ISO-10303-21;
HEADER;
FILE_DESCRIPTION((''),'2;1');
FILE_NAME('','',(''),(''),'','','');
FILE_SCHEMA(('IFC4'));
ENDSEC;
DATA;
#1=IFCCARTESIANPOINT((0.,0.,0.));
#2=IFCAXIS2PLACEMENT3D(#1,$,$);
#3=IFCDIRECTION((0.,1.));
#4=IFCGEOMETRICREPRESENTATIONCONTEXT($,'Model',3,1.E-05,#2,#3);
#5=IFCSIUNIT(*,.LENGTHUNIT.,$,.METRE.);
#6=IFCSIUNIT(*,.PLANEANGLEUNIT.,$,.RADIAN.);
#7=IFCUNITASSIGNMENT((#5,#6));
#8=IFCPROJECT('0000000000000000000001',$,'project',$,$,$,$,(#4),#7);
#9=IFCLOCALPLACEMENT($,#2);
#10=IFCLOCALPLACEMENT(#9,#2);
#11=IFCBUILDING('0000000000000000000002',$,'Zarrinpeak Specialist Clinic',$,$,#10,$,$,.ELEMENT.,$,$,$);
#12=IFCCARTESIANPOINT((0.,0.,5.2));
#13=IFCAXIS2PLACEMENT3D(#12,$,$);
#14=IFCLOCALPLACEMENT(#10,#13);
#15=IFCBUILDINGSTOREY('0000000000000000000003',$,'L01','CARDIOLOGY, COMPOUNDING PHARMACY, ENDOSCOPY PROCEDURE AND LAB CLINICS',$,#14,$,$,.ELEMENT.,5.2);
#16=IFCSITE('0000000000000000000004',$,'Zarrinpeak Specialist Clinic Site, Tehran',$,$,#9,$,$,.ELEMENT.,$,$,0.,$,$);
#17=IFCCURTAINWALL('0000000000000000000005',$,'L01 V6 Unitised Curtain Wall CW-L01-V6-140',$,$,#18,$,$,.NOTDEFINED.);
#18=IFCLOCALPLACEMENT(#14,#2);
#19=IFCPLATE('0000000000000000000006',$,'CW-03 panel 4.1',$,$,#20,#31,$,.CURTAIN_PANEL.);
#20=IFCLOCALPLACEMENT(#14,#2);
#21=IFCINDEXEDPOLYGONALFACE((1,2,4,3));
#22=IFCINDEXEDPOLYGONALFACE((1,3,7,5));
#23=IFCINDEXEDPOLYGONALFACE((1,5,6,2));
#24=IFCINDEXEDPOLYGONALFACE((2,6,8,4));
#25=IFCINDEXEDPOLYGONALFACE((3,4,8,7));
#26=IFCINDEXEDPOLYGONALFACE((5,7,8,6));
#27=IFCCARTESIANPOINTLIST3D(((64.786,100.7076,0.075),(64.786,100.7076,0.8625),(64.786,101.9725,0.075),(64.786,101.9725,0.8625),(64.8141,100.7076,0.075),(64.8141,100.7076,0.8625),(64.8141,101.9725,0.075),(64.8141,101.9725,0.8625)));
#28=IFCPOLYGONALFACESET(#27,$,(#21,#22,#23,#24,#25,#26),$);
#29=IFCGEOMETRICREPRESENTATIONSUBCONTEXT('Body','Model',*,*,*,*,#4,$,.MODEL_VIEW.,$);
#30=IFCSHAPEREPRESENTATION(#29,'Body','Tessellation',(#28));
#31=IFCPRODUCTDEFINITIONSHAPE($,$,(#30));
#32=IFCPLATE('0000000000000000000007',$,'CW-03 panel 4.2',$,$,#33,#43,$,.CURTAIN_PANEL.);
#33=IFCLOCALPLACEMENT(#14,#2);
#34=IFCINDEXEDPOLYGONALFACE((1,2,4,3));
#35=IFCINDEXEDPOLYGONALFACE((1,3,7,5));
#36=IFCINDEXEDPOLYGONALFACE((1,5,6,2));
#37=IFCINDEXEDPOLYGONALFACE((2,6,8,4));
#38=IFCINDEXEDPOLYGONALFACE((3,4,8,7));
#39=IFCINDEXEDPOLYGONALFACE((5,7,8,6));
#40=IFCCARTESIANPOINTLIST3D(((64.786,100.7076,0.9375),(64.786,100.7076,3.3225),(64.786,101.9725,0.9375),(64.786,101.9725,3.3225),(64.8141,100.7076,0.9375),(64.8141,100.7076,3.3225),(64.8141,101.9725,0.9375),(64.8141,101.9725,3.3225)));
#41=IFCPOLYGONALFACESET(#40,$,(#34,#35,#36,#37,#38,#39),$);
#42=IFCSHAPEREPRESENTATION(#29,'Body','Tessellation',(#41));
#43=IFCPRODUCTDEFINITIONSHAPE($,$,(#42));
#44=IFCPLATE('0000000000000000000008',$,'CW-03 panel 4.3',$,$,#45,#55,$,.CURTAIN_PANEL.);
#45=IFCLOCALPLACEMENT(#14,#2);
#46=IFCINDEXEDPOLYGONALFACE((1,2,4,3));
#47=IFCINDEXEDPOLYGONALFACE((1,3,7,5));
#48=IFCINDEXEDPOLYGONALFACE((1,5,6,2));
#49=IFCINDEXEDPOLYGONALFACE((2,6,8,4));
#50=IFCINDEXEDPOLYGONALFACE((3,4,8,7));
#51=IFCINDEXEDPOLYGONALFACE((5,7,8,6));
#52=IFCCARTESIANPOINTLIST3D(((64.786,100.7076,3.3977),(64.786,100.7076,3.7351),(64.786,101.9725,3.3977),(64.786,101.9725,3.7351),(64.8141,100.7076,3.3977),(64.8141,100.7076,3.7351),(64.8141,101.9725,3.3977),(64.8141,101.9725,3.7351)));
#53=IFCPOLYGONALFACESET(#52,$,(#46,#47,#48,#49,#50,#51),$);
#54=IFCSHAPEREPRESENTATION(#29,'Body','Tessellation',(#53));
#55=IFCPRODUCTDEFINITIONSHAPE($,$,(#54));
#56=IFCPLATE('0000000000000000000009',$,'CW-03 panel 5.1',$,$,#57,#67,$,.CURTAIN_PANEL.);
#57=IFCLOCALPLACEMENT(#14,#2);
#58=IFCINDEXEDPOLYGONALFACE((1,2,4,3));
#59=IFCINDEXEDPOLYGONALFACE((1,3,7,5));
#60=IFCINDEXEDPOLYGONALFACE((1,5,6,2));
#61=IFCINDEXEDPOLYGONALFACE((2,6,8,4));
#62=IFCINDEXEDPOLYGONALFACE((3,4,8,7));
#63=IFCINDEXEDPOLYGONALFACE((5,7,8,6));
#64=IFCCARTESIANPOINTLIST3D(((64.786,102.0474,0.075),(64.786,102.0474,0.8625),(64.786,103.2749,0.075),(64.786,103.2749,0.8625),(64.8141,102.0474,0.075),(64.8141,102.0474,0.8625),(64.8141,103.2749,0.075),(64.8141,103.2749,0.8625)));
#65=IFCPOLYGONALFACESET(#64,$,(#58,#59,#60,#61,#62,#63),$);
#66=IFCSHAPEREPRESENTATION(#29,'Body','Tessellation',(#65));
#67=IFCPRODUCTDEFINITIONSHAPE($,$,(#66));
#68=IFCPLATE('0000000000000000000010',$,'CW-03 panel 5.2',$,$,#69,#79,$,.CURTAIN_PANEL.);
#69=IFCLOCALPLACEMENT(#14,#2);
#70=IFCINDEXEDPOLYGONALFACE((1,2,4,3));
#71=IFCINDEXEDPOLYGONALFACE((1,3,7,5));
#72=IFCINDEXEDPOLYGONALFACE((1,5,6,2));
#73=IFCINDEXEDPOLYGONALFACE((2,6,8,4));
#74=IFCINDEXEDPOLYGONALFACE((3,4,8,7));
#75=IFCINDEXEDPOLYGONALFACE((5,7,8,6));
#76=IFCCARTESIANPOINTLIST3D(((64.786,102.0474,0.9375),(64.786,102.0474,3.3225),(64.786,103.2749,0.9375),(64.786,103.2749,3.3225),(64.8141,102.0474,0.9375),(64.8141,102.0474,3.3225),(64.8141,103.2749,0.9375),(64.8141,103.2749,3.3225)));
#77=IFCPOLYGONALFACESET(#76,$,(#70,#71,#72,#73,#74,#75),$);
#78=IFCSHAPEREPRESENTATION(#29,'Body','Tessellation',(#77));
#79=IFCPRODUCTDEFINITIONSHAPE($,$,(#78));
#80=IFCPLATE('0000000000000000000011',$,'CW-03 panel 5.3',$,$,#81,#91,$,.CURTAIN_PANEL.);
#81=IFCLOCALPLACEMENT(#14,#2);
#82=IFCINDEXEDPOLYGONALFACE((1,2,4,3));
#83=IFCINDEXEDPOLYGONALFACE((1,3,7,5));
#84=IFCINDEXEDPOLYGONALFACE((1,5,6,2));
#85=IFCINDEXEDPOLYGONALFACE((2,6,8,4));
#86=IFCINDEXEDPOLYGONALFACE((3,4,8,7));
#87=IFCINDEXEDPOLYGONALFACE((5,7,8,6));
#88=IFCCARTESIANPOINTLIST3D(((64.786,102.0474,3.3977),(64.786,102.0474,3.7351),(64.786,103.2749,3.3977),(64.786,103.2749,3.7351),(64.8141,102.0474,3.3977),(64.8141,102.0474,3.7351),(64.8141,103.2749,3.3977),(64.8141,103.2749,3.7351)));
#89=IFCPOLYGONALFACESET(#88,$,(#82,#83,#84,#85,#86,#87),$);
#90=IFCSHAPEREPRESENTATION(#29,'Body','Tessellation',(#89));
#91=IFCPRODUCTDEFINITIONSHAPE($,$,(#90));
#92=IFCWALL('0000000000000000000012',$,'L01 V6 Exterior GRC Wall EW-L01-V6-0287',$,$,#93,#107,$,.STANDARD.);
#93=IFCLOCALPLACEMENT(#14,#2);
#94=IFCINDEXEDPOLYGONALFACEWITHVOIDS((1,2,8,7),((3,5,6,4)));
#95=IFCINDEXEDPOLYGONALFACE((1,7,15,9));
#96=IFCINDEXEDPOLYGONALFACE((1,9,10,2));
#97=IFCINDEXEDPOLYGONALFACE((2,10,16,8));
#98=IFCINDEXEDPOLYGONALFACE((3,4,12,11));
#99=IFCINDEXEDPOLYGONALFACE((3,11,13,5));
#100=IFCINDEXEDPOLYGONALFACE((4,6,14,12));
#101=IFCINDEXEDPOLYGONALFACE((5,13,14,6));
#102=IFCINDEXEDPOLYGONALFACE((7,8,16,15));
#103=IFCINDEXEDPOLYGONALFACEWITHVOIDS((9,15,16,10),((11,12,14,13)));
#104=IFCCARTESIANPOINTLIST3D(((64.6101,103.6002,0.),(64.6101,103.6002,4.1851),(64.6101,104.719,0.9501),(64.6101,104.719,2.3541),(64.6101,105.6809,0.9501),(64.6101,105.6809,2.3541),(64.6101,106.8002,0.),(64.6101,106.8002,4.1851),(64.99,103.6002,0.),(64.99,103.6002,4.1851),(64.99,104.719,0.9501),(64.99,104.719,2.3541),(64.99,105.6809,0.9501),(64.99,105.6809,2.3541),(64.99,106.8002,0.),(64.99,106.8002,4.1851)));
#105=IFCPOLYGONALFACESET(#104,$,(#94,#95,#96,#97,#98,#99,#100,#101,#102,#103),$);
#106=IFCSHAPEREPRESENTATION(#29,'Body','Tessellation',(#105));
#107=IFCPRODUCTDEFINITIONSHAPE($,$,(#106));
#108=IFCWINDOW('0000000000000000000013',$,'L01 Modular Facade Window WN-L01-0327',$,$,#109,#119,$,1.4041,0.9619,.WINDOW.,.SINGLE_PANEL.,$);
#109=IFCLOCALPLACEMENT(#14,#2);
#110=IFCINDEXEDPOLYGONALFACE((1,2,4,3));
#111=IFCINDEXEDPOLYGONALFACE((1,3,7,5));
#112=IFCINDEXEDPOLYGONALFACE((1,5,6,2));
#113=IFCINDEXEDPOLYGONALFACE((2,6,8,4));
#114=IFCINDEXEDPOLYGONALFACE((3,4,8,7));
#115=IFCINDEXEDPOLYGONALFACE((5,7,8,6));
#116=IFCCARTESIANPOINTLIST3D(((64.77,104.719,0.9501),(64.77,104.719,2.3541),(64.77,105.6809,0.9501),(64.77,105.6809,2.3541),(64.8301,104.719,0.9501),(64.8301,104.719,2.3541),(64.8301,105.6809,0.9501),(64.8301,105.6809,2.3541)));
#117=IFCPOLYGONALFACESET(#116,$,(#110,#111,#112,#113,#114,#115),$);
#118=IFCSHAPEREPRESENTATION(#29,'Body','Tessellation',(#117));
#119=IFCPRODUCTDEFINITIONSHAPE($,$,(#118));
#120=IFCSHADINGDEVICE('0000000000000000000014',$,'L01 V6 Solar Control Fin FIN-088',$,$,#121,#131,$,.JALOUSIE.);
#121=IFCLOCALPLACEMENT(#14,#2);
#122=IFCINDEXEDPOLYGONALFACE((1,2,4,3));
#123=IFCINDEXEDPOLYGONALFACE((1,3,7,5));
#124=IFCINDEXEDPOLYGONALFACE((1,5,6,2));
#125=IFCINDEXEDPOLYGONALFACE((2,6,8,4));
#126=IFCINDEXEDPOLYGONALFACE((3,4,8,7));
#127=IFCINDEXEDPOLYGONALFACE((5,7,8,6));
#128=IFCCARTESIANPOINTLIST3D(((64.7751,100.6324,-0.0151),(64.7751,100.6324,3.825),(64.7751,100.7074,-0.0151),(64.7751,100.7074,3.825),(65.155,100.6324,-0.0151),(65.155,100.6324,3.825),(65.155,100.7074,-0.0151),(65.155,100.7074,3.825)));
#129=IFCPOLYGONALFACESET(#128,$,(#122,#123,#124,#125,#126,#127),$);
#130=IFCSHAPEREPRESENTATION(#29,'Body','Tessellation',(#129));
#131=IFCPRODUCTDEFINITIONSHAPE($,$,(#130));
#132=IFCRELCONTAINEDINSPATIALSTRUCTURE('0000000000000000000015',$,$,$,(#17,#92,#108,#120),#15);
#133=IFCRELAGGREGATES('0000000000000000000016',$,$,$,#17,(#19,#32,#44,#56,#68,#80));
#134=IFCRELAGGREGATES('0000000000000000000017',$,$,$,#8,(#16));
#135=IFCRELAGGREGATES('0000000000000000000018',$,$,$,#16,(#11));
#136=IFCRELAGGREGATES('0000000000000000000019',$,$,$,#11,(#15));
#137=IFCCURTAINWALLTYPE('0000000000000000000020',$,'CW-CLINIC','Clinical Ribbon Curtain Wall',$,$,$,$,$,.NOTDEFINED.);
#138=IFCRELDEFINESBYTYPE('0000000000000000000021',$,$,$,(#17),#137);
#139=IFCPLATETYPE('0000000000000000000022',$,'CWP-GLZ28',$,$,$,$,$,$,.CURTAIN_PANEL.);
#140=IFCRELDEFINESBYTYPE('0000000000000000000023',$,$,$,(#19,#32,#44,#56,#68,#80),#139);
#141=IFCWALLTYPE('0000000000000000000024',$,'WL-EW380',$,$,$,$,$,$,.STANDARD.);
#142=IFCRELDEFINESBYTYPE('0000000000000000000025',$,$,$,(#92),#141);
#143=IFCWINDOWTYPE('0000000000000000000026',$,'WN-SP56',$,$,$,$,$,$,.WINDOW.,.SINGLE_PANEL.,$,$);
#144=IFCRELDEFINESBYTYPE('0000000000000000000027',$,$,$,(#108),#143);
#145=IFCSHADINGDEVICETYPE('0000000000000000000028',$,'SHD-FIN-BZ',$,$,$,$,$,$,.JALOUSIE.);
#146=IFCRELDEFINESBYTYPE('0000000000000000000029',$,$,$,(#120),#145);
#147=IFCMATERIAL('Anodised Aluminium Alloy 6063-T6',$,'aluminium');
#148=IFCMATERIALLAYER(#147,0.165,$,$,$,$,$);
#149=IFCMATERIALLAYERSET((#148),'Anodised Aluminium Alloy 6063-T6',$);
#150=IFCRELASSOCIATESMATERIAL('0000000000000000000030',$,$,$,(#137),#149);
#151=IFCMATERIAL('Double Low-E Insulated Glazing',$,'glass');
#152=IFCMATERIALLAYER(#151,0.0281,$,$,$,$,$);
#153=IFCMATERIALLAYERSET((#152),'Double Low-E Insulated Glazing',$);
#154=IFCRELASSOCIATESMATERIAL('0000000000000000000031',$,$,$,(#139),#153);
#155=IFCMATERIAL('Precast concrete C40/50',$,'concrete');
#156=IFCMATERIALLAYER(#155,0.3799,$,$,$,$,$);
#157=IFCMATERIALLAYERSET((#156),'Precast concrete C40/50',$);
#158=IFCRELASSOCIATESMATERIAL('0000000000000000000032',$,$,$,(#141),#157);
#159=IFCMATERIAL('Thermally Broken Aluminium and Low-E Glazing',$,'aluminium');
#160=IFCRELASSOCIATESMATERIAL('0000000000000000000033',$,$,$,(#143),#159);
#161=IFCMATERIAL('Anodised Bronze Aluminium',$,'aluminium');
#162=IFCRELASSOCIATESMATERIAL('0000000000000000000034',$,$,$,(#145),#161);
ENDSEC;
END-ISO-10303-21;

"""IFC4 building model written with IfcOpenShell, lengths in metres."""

from ifc_helpers import new_model, si_unit, direction, frame, frame_2d, origin, origin_2d, place, context, subcontext, project, spatial, rectangle, extrude, material, layer, layer_set, type_object, element, fill, aggregate, save


model = new_model("IFC4")

# Units and contexts
model_context = context("Model", 3, precision=1e-05, world=origin(), true_north=direction((0.0, 1.0)))
body_context = subcontext(model_context, "Body", "Model", "MODEL_VIEW")
ifc_project = project(units=[si_unit("LENGTHUNIT", "METRE"), si_unit("PLANEANGLEUNIT", "RADIAN")], contexts=[model_context])

# Site, building, storey
site_placement = place(None, origin())
site = spatial("IfcSite", under=ifc_project, at=site_placement, Name="Zarrinpeak Specialist Clinic Site, Tehran", CompositionType="ELEMENT", RefElevation=0.0)
building_placement = place(site_placement, origin())
building = spatial("IfcBuilding", under=site, at=building_placement, Name="Zarrinpeak Specialist Clinic", CompositionType="ELEMENT")
storey_placement = place(building_placement, frame((0.0, 0.0, 5.2)))
storey = spatial("IfcBuildingStorey", under=building, at=storey_placement, Name="L01", Description="CARDIOLOGY, COMPOUNDING PHARMACY, ENDOSCOPY PROCEDURE AND LAB CLINICS", CompositionType="ELEMENT", Elevation=5.2)

# Curtain wall, plates
ifc_material_1 = material(Name="Anodised Aluminium Alloy 6063-T6", Category="aluminium")
ifc_layer_1 = layer(ifc_material_1, 0.165)
ifc_layer_set_1 = layer_set([ifc_layer_1], Name="Anodised Aluminium Alloy 6063-T6")
curtain_wall_type = type_object("IfcCurtainWallType", Name="CW-CLINIC", Description="Clinical Ribbon Curtain Wall", PredefinedType="NOTDEFINED", material=ifc_layer_set_1)
curtain_wall_placement = place(storey_placement, origin())
curtain_wall = element("IfcCurtainWall", 1, at=curtain_wall_placement, inside=storey, type_object=curtain_wall_type, Name="L01 V6 Unitised Curtain Wall CW-L01-V6-140", PredefinedType="NOTDEFINED")
ifc_material_2 = material(Name="Double Low-E Insulated Glazing", Category="glass")
ifc_layer_2 = layer(ifc_material_2, 0.0281)
ifc_layer_set_2 = layer_set([ifc_layer_2], Name="Double Low-E Insulated Glazing")
plate_type = type_object("IfcPlateType", Name="CWP-GLZ28", PredefinedType="CURTAIN_PANEL", material=ifc_layer_set_2)
plate_1_placement = place(storey_placement, frame((64.8, 101.3401, 0.075), z_axis=(0.0, 0.0, 1.0), x_axis=(0.0, 1.0, 0.0)))
plate_1 = element("IfcPlate", 2, at=plate_1_placement, type_object=plate_type, Name="CW-03 panel 4.1", PredefinedType="CURTAIN_PANEL", context=body_context, shape_type="SweptSolid", body=[
    extrude(rectangle(XDim=1.2649, YDim=0.0281, at=origin_2d()), origin(), (0.0, 0.0, 1.0), 0.7876),
])
plate_2_placement = place(storey_placement, frame((64.8, 101.3401, 0.9375), z_axis=(0.0, 0.0, 1.0), x_axis=(0.0, 1.0, 0.0)))
plate_2 = element("IfcPlate", 3, at=plate_2_placement, type_object=plate_type, Name="CW-03 panel 4.2", PredefinedType="CURTAIN_PANEL", context=body_context, shape_type="SweptSolid", body=[
    extrude(rectangle(XDim=1.2649, YDim=0.0281, at=origin_2d()), origin(), (0.0, 0.0, 1.0), 2.385),
])
plate_3_placement = place(storey_placement, frame((64.8, 101.3401, 3.3977), z_axis=(0.0, 0.0, 1.0), x_axis=(0.0, 1.0, 0.0)))
plate_3 = element("IfcPlate", 4, at=plate_3_placement, type_object=plate_type, Name="CW-03 panel 4.3", PredefinedType="CURTAIN_PANEL", context=body_context, shape_type="SweptSolid", body=[
    extrude(rectangle(XDim=1.2649, YDim=0.0281, at=origin_2d()), origin(), (0.0, 0.0, 1.0), 0.3374),
])
plate_4_placement = place(storey_placement, frame((64.8, 102.6611, 0.075), z_axis=(0.0, 0.0, 1.0), x_axis=(0.0, 1.0, 0.0)))
plate_4 = element("IfcPlate", 5, at=plate_4_placement, type_object=plate_type, Name="CW-03 panel 5.1", PredefinedType="CURTAIN_PANEL", context=body_context, shape_type="SweptSolid", body=[
    extrude(rectangle(XDim=1.2275, YDim=0.0281, at=origin_2d()), origin(), (0.0, 0.0, 1.0), 0.7876),
])
plate_5_placement = place(storey_placement, frame((64.8, 102.6611, 0.9375), z_axis=(0.0, 0.0, 1.0), x_axis=(0.0, 1.0, 0.0)))
plate_5 = element("IfcPlate", 6, at=plate_5_placement, type_object=plate_type, Name="CW-03 panel 5.2", PredefinedType="CURTAIN_PANEL", context=body_context, shape_type="SweptSolid", body=[
    extrude(rectangle(XDim=1.2275, YDim=0.0281, at=origin_2d()), origin(), (0.0, 0.0, 1.0), 2.385),
])
plate_6_placement = place(storey_placement, frame((64.8, 102.6611, 3.3977), z_axis=(0.0, 0.0, 1.0), x_axis=(0.0, 1.0, 0.0)))
plate_6 = element("IfcPlate", 7, at=plate_6_placement, type_object=plate_type, Name="CW-03 panel 5.3", PredefinedType="CURTAIN_PANEL", context=body_context, shape_type="SweptSolid", body=[
    extrude(rectangle(XDim=1.2275, YDim=0.0281, at=origin_2d()), origin(), (0.0, 0.0, 1.0), 0.3374),
])
aggregate(curtain_wall, [plate_1, plate_2, plate_3, plate_4, plate_5, plate_6])

# Wall, opening, window
ifc_material_3 = material(Name="Precast concrete C40/50", Category="concrete")
ifc_layer_3 = layer(ifc_material_3, 0.3799)
ifc_layer_set_3 = layer_set([ifc_layer_3], Name="Precast concrete C40/50")
wall_type = type_object("IfcWallType", Name="WL-EW380", PredefinedType="STANDARD", material=ifc_layer_set_3)
wall_placement = place(storey_placement, frame((64.8, 103.6001, 0.0), z_axis=(0.0, 0.0, 1.0), x_axis=(0.0, 1.0, 0.0)))
wall = element("IfcWall", 8, at=wall_placement, inside=storey, type_object=wall_type, Name="L01 V6 Exterior GRC Wall EW-L01-V6-0287", PredefinedType="STANDARD", context=body_context, shape_type="SweptSolid", body=[
    extrude(rectangle(XDim=3.2, YDim=0.3799, at=frame_2d((1.6001, 0.0))), origin(), (0.0, 0.0, 1.0), 4.1851),
])
opening_placement = place(wall_placement, frame((1.1189, 0.0, 0.95)))
opening = element("IfcOpeningElement", 9, at=opening_placement, cuts=wall, PredefinedType="OPENING", context=body_context, shape_type="SweptSolid", body=[
    extrude(rectangle(XDim=0.9619, YDim=1.4041, at=frame_2d((0.481, 0.7021))), frame((0.0, 0.2, 0.0), z_axis=(0.0, -1.0, 0.0), x_axis=(1.0, 0.0, 0.0)), (0.0, 0.0, 1.0), 0.3999),
])
ifc_material_4 = material(Name="Thermally Broken Aluminium and Low-E Glazing", Category="aluminium")
window_type = type_object("IfcWindowType", Name="WN-SP56", PartitioningType="SINGLE_PANEL", PredefinedType="WINDOW", material=ifc_material_4)
window_placement = place(opening_placement, origin())
window = element("IfcWindow", 10, at=window_placement, inside=storey, type_object=window_type, Name="L01 Modular Facade Window WN-L01-0327", OverallHeight=1.4041, OverallWidth=0.9619, PartitioningType="SINGLE_PANEL", PredefinedType="WINDOW", context=body_context, shape_type="SweptSolid", body=[
    extrude(rectangle(XDim=0.9619, YDim=1.4041, at=frame_2d((0.481, 0.7021))), frame((0.0, 0.03, 0.0), z_axis=(0.0, -1.0, 0.0), x_axis=(1.0, 0.0, 0.0)), (0.0, 0.0, 1.0), 0.0601),
])
fill(opening, window)

# Shading device
ifc_material_5 = material(Name="Anodised Bronze Aluminium", Category="aluminium")
shading_device_type = type_object("IfcShadingDeviceType", Name="SHD-FIN-BZ", PredefinedType="JALOUSIE", material=ifc_material_5)
shading_device_placement = place(storey_placement, frame((64.9651, 100.6699, -0.0151), z_axis=(0.0, 0.0, 1.0), x_axis=(1.0, 0.0, 0.0)))
element("IfcShadingDevice", 11, at=shading_device_placement, inside=storey, type_object=shading_device_type, Name="L01 V6 Solar Control Fin FIN-088", PredefinedType="JALOUSIE", context=body_context, shape_type="SweptSolid", body=[
    extrude(rectangle(XDim=0.3799, YDim=0.075, at=origin_2d()), origin(), (0.0, 0.0, 1.0), 3.8401),
])

save(model, "model.ifc")
